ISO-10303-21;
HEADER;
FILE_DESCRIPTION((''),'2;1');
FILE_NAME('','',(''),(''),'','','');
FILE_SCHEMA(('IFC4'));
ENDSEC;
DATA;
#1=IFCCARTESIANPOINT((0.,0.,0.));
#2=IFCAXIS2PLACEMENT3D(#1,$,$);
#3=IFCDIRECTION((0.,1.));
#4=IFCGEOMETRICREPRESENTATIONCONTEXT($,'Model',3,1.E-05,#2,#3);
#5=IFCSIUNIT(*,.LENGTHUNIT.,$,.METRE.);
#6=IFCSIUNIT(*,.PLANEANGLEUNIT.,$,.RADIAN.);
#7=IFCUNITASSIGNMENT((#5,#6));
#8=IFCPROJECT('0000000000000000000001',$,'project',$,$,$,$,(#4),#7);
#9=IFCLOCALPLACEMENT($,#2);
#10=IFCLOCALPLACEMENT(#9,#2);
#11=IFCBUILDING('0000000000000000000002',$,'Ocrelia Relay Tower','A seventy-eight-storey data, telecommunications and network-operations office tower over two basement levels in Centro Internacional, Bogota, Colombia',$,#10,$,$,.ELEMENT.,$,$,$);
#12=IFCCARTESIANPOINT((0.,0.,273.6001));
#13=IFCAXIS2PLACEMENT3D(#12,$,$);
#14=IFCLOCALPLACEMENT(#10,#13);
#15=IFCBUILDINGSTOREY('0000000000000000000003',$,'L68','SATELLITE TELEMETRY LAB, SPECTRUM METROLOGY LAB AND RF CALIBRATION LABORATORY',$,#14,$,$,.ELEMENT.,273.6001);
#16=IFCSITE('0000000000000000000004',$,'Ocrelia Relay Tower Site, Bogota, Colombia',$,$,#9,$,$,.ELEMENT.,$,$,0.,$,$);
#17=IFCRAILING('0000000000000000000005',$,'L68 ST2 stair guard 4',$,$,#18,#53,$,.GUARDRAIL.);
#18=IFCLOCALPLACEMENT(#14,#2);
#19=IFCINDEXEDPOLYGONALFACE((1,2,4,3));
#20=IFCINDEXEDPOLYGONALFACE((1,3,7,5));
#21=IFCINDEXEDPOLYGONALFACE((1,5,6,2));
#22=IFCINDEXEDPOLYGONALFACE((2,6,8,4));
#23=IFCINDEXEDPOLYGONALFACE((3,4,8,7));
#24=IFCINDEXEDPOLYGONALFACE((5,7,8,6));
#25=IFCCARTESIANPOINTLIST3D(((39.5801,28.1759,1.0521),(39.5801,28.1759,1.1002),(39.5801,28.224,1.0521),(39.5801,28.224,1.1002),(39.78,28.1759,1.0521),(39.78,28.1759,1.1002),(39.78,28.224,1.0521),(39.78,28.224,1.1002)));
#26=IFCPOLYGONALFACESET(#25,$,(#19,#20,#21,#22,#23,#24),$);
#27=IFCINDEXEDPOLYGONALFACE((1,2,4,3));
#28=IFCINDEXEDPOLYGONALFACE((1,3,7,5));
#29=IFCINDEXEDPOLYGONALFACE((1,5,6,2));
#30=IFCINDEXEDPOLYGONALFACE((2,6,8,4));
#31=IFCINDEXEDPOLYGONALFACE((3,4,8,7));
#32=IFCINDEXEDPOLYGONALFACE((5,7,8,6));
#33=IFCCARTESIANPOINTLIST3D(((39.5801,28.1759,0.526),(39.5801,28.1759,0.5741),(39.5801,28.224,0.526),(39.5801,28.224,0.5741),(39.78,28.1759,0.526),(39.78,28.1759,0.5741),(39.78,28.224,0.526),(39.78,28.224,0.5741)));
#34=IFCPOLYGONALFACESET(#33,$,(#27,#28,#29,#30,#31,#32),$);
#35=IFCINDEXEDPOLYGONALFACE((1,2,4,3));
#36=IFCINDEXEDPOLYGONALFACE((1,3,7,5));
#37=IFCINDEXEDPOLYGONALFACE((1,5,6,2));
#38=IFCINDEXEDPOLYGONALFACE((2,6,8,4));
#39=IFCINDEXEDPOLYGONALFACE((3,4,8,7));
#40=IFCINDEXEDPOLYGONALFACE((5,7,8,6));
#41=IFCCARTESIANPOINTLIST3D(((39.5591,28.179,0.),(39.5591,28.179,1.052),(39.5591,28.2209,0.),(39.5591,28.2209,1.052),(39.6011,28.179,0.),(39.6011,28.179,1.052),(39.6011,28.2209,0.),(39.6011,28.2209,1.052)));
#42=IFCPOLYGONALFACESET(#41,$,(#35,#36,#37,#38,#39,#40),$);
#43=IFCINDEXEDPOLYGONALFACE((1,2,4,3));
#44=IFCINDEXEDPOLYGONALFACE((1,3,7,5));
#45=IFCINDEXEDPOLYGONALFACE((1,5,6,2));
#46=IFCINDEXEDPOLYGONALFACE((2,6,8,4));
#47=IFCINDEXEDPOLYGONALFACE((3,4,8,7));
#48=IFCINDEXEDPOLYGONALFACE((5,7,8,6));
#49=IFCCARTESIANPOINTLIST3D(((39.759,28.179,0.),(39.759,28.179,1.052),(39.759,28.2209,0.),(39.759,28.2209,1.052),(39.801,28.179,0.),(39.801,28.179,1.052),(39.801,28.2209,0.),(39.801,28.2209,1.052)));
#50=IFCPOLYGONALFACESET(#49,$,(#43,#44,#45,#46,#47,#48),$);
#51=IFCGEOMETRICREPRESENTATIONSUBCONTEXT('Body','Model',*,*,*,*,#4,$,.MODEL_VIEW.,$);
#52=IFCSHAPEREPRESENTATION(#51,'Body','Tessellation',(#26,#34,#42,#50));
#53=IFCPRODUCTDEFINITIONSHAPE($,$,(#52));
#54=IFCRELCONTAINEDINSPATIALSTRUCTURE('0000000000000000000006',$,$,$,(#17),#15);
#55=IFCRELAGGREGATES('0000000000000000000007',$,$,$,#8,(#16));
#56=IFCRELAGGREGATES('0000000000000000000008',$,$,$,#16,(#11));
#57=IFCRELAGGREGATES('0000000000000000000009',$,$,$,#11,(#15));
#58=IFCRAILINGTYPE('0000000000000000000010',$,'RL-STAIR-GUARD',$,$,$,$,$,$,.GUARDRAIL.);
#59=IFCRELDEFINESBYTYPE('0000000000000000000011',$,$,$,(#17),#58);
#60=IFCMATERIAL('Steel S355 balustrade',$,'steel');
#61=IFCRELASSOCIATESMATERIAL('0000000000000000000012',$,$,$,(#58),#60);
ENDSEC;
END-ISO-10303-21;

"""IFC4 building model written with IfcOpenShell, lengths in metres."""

from ifc_helpers import new_model, si_unit, direction, frame, origin, origin_2d, place, context, subcontext, project, spatial, rectangle, extrude, material, type_object, element, save


model = new_model("IFC4")

# Units and contexts
model_context = context("Model", 3, precision=1e-05, world=origin(), true_north=direction((0.0, 1.0)))
body_context = subcontext(model_context, "Body", "Model", "MODEL_VIEW")
ifc_project = project(units=[si_unit("LENGTHUNIT", "METRE"), si_unit("PLANEANGLEUNIT", "RADIAN")], contexts=[model_context])

# Site, building, storey
site_placement = place(None, origin())
site = spatial("IfcSite", under=ifc_project, at=site_placement, Name="Ocrelia Relay Tower Site, Bogota, Colombia", CompositionType="ELEMENT", RefElevation=0.0)
building_placement = place(site_placement, origin())
building = spatial("IfcBuilding", under=site, at=building_placement, Name="Ocrelia Relay Tower", Description="A seventy-eight-storey data, telecommunications and network-operations office tower over two basement levels in Centro Internacional, Bogota, Colombia", CompositionType="ELEMENT")
storey_placement = place(building_placement, frame((0.0, 0.0, 273.6001)))
storey = spatial("IfcBuildingStorey", under=building, at=storey_placement, Name="L68", Description="SATELLITE TELEMETRY LAB, SPECTRUM METROLOGY LAB AND RF CALIBRATION LABORATORY", CompositionType="ELEMENT", Elevation=273.6001)

# Railing
ifc_material_1 = material(Name="Steel S355 balustrade", Category="steel")
railing_type = type_object("IfcRailingType", Name="RL-STAIR-GUARD", PredefinedType="GUARDRAIL", material=ifc_material_1)
railing_placement = place(storey_placement, frame((39.5801, 28.2, 0.0)))
element("IfcRailing", 1, at=railing_placement, inside=storey, type_object=railing_type, Name="L68 ST2 stair guard 4", PredefinedType="GUARDRAIL", context=body_context, shape_type="SweptSolid", body=[
    extrude(rectangle(XDim=0.0481, YDim=0.0481, at=origin_2d()), frame((0.0, 0.0, 1.0762), z_axis=(1.0, 0.0, 0.0), x_axis=(0.0, 1.0, 0.0)), (0.0, 0.0, 1.0), 0.2),
    extrude(rectangle(XDim=0.0481, YDim=0.0481, at=origin_2d()), frame((0.0, 0.0, 0.55), z_axis=(1.0, 0.0, 0.0), x_axis=(0.0, 1.0, 0.0)), (0.0, 0.0, 1.0), 0.2),
    extrude(rectangle(XDim=0.042, YDim=0.042, at=origin_2d()), origin(), (0.0, 0.0, 1.0), 1.052),
    extrude(rectangle(XDim=0.042, YDim=0.042, at=origin_2d()), frame((0.2, 0.0, 0.0)), (0.0, 0.0, 1.0), 1.052),
])

save(model, "model.ifc")
